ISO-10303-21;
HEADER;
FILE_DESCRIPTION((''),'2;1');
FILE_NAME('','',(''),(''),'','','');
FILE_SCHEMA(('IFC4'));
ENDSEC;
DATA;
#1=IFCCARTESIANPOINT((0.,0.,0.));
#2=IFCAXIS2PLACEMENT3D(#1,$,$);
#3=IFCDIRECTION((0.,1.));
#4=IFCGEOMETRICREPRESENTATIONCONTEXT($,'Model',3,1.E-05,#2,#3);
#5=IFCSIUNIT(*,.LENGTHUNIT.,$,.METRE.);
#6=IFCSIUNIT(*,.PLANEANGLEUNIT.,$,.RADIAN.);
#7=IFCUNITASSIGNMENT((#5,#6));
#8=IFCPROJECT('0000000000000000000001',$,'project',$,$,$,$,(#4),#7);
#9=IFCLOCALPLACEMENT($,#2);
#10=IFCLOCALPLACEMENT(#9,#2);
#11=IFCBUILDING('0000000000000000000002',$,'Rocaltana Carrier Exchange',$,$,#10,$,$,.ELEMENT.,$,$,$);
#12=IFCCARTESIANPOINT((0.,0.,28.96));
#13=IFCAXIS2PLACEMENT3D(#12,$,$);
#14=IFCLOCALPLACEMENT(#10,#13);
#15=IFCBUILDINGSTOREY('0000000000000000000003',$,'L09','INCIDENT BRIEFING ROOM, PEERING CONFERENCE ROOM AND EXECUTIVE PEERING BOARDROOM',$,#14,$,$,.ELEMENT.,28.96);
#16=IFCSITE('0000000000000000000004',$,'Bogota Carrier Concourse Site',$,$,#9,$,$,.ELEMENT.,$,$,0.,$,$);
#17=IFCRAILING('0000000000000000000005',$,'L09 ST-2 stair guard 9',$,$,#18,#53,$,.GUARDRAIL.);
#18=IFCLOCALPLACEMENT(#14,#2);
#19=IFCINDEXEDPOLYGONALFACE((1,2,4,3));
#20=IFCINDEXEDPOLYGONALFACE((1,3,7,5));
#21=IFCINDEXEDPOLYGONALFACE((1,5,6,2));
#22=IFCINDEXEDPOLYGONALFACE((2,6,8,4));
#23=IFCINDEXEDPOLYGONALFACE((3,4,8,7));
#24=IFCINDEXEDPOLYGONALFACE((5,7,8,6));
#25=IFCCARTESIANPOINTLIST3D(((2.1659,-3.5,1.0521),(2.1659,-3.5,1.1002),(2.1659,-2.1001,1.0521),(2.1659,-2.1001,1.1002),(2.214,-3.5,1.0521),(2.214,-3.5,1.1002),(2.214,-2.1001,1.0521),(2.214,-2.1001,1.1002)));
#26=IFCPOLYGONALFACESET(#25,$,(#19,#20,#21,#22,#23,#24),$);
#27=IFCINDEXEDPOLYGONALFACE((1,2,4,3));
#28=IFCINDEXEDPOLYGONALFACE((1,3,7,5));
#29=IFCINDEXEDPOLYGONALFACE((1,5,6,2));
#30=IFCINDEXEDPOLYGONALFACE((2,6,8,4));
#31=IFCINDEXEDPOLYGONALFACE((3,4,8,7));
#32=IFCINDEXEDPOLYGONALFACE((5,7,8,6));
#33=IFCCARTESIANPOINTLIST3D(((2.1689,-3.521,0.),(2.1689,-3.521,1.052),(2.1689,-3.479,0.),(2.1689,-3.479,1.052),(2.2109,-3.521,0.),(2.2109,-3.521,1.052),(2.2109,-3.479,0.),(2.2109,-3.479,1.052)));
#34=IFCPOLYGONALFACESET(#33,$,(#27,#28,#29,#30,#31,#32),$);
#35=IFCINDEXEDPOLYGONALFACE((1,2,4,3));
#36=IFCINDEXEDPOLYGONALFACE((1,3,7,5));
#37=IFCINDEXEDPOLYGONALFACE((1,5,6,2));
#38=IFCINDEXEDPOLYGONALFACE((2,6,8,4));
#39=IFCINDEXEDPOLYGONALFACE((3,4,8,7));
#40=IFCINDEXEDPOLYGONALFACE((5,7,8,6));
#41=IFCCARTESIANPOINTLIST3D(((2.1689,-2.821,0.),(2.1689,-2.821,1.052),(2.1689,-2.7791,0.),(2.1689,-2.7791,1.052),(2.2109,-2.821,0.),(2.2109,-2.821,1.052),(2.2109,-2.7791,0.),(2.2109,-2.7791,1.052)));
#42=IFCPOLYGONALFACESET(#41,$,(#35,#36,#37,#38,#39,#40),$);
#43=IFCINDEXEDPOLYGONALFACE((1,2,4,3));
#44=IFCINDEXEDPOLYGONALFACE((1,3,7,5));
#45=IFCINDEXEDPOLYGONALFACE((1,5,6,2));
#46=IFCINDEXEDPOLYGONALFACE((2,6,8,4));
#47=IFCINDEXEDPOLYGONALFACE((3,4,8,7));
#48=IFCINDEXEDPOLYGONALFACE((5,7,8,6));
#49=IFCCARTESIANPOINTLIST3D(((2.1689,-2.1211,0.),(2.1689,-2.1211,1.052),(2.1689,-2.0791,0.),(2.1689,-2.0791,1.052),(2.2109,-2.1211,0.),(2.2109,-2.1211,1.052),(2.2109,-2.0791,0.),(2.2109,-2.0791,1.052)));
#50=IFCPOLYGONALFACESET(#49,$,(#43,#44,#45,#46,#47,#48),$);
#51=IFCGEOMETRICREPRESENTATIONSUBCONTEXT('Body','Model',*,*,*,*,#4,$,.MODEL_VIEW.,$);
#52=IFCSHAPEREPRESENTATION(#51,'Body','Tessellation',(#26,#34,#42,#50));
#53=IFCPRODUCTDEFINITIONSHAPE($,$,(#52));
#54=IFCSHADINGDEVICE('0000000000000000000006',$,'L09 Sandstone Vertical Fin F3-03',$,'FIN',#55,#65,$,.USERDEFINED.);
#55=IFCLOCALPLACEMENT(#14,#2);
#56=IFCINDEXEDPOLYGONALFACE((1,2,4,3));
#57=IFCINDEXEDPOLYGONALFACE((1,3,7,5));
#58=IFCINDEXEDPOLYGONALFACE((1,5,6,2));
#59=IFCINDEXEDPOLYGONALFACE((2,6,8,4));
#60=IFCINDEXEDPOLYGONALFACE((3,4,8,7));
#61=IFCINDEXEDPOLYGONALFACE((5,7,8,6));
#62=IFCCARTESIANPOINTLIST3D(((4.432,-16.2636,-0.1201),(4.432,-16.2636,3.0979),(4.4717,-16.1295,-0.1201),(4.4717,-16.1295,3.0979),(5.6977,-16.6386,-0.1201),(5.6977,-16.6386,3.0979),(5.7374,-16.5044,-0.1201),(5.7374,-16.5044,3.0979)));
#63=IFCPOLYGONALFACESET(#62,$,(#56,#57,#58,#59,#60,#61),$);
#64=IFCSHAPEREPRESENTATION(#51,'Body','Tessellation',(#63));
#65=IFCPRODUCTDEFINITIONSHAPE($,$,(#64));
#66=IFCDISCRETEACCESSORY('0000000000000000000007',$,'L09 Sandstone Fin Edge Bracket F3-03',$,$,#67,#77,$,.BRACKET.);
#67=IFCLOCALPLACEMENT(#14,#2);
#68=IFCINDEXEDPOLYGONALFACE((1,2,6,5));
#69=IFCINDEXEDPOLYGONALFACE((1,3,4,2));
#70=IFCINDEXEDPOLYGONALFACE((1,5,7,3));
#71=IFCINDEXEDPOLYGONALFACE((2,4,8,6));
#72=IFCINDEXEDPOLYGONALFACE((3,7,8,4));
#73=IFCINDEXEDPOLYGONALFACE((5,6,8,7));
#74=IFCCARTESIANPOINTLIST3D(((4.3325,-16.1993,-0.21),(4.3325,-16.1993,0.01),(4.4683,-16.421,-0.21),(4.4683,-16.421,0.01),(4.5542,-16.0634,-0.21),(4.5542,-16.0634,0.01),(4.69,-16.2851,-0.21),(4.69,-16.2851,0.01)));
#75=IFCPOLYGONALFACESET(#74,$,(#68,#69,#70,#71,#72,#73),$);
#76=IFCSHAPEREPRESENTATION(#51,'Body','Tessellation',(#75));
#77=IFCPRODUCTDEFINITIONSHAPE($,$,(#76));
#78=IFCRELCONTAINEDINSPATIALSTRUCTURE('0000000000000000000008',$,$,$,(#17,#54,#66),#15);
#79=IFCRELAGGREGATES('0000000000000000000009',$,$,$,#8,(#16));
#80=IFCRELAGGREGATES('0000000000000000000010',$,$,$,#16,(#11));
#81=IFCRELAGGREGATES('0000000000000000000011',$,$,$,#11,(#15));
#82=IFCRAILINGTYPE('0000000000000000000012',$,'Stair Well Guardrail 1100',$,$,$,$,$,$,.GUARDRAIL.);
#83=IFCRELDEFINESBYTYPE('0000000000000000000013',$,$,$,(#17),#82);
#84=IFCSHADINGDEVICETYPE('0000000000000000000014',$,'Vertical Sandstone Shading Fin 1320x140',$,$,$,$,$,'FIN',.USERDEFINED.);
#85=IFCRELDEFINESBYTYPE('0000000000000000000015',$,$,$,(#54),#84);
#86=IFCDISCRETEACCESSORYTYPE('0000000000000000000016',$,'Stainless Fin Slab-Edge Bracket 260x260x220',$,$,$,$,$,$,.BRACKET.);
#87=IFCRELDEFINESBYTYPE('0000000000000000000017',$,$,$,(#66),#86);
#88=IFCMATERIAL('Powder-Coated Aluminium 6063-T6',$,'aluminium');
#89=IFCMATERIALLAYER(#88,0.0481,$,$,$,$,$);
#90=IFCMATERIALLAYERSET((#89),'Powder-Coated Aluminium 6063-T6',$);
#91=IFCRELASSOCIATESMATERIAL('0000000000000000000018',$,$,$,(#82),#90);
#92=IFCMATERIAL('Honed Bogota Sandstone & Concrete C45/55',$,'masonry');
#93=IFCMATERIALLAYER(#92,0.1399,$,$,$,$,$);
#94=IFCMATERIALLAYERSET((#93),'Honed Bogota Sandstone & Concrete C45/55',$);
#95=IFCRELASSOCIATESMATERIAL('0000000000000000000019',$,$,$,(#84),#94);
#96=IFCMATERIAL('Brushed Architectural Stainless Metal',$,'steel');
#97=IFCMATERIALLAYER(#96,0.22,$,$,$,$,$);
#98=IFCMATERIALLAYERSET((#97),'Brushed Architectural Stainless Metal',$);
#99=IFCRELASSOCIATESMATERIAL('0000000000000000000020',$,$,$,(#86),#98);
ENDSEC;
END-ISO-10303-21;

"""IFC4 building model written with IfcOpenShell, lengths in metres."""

from ifc_helpers import new_model, si_unit, direction, frame, origin, origin_2d, place, context, subcontext, project, spatial, rectangle, extrude, material, layer, layer_set, type_object, element, save


model = new_model("IFC4")

# Units and contexts
model_context = context("Model", 3, precision=1e-05, world=origin(), true_north=direction((0.0, 1.0)))
body_context = subcontext(model_context, "Body", "Model", "MODEL_VIEW")
ifc_project = project(units=[si_unit("LENGTHUNIT", "METRE"), si_unit("PLANEANGLEUNIT", "RADIAN")], contexts=[model_context])

# Site, building, storey
site_placement = place(None, origin())
site = spatial("IfcSite", under=ifc_project, at=site_placement, Name="Bogota Carrier Concourse Site", CompositionType="ELEMENT", RefElevation=0.0)
building_placement = place(site_placement, origin())
building = spatial("IfcBuilding", under=site, at=building_placement, Name="Rocaltana Carrier Exchange", CompositionType="ELEMENT")
storey_placement = place(building_placement, frame((0.0, 0.0, 28.96)))
storey = spatial("IfcBuildingStorey", under=building, at=storey_placement, Name="L09", Description="INCIDENT BRIEFING ROOM, PEERING CONFERENCE ROOM AND EXECUTIVE PEERING BOARDROOM", CompositionType="ELEMENT", Elevation=28.96)

# Railing
ifc_material_1 = material(Name="Powder-Coated Aluminium 6063-T6", Category="aluminium")
ifc_layer_1 = layer(ifc_material_1, 0.0481)
ifc_layer_set_1 = layer_set([ifc_layer_1], Name="Powder-Coated Aluminium 6063-T6")
railing_type = type_object("IfcRailingType", Name="Stair Well Guardrail 1100", PredefinedType="GUARDRAIL", material=ifc_layer_set_1)
railing_placement = place(storey_placement, frame((2.1899, -3.5, 0.0)))
element("IfcRailing", 1, at=railing_placement, inside=storey, type_object=railing_type, Name="L09 ST-2 stair guard 9", PredefinedType="GUARDRAIL", context=body_context, shape_type="SweptSolid", body=[
    extrude(rectangle(XDim=0.0481, YDim=0.0481, at=origin_2d()), frame((0.0, 0.0, 1.0762), z_axis=(0.0, 1.0, 0.0), x_axis=(-1.0, 0.0, 0.0)), (0.0, 0.0, 1.0), 1.3999),
    extrude(rectangle(XDim=0.042, YDim=0.042, at=origin_2d()), origin(), (0.0, 0.0, 1.0), 1.052),
    extrude(rectangle(XDim=0.042, YDim=0.042, at=origin_2d()), frame((0.0, 0.7, 0.0)), (0.0, 0.0, 1.0), 1.052),
    extrude(rectangle(XDim=0.042, YDim=0.042, at=origin_2d()), frame((0.0, 1.3999, 0.0)), (0.0, 0.0, 1.0), 1.052),
])

# Shading device
ifc_material_2 = material(Name="Honed Bogota Sandstone & Concrete C45/55", Category="masonry")
ifc_layer_2 = layer(ifc_material_2, 0.1399)
ifc_layer_set_2 = layer_set([ifc_layer_2], Name="Honed Bogota Sandstone & Concrete C45/55")
shading_device_type = type_object("IfcShadingDeviceType", Name="Vertical Sandstone Shading Fin 1320x140", ElementType="FIN", PredefinedType="USERDEFINED", material=ifc_layer_set_2)
shading_device_placement = place(storey_placement, frame((5.0847, -16.384, -0.1201), z_axis=(0.0, 0.0, 1.0), x_axis=(0.95882, -0.284015, 0.0)))
element("IfcShadingDevice", 2, at=shading_device_placement, inside=storey, type_object=shading_device_type, Name="L09 Sandstone Vertical Fin F3-03", ObjectType="FIN", PredefinedType="USERDEFINED", context=body_context, shape_type="SweptSolid", body=[
    extrude(rectangle(XDim=1.3201, YDim=0.1399, at=origin_2d()), origin(), (0.0, 0.0, 1.0), 3.218),
])

# Discrete accessory
ifc_material_3 = material(Name="Brushed Architectural Stainless Metal", Category="steel")
ifc_layer_3 = layer(ifc_material_3, 0.22)
ifc_layer_set_3 = layer_set([ifc_layer_3], Name="Brushed Architectural Stainless Metal")
discrete_accessory_type = type_object("IfcDiscreteAccessoryType", Name="Stainless Fin Slab-Edge Bracket 260x260x220", PredefinedType="BRACKET", material=ifc_layer_set_3)
discrete_accessory_placement = place(storey_placement, frame((4.5112, -16.2422, -0.21), z_axis=(0.0, 0.0, 1.0), x_axis=(0.85264, 0.522499, 0.0)))
element("IfcDiscreteAccessory", 3, at=discrete_accessory_placement, inside=storey, type_object=discrete_accessory_type, Name="L09 Sandstone Fin Edge Bracket F3-03", PredefinedType="BRACKET", context=body_context, shape_type="SweptSolid", body=[
    extrude(rectangle(XDim=0.26, YDim=0.26, at=origin_2d()), origin(), (0.0, 0.0, 1.0), 0.22),
])

save(model, "model.ifc")
